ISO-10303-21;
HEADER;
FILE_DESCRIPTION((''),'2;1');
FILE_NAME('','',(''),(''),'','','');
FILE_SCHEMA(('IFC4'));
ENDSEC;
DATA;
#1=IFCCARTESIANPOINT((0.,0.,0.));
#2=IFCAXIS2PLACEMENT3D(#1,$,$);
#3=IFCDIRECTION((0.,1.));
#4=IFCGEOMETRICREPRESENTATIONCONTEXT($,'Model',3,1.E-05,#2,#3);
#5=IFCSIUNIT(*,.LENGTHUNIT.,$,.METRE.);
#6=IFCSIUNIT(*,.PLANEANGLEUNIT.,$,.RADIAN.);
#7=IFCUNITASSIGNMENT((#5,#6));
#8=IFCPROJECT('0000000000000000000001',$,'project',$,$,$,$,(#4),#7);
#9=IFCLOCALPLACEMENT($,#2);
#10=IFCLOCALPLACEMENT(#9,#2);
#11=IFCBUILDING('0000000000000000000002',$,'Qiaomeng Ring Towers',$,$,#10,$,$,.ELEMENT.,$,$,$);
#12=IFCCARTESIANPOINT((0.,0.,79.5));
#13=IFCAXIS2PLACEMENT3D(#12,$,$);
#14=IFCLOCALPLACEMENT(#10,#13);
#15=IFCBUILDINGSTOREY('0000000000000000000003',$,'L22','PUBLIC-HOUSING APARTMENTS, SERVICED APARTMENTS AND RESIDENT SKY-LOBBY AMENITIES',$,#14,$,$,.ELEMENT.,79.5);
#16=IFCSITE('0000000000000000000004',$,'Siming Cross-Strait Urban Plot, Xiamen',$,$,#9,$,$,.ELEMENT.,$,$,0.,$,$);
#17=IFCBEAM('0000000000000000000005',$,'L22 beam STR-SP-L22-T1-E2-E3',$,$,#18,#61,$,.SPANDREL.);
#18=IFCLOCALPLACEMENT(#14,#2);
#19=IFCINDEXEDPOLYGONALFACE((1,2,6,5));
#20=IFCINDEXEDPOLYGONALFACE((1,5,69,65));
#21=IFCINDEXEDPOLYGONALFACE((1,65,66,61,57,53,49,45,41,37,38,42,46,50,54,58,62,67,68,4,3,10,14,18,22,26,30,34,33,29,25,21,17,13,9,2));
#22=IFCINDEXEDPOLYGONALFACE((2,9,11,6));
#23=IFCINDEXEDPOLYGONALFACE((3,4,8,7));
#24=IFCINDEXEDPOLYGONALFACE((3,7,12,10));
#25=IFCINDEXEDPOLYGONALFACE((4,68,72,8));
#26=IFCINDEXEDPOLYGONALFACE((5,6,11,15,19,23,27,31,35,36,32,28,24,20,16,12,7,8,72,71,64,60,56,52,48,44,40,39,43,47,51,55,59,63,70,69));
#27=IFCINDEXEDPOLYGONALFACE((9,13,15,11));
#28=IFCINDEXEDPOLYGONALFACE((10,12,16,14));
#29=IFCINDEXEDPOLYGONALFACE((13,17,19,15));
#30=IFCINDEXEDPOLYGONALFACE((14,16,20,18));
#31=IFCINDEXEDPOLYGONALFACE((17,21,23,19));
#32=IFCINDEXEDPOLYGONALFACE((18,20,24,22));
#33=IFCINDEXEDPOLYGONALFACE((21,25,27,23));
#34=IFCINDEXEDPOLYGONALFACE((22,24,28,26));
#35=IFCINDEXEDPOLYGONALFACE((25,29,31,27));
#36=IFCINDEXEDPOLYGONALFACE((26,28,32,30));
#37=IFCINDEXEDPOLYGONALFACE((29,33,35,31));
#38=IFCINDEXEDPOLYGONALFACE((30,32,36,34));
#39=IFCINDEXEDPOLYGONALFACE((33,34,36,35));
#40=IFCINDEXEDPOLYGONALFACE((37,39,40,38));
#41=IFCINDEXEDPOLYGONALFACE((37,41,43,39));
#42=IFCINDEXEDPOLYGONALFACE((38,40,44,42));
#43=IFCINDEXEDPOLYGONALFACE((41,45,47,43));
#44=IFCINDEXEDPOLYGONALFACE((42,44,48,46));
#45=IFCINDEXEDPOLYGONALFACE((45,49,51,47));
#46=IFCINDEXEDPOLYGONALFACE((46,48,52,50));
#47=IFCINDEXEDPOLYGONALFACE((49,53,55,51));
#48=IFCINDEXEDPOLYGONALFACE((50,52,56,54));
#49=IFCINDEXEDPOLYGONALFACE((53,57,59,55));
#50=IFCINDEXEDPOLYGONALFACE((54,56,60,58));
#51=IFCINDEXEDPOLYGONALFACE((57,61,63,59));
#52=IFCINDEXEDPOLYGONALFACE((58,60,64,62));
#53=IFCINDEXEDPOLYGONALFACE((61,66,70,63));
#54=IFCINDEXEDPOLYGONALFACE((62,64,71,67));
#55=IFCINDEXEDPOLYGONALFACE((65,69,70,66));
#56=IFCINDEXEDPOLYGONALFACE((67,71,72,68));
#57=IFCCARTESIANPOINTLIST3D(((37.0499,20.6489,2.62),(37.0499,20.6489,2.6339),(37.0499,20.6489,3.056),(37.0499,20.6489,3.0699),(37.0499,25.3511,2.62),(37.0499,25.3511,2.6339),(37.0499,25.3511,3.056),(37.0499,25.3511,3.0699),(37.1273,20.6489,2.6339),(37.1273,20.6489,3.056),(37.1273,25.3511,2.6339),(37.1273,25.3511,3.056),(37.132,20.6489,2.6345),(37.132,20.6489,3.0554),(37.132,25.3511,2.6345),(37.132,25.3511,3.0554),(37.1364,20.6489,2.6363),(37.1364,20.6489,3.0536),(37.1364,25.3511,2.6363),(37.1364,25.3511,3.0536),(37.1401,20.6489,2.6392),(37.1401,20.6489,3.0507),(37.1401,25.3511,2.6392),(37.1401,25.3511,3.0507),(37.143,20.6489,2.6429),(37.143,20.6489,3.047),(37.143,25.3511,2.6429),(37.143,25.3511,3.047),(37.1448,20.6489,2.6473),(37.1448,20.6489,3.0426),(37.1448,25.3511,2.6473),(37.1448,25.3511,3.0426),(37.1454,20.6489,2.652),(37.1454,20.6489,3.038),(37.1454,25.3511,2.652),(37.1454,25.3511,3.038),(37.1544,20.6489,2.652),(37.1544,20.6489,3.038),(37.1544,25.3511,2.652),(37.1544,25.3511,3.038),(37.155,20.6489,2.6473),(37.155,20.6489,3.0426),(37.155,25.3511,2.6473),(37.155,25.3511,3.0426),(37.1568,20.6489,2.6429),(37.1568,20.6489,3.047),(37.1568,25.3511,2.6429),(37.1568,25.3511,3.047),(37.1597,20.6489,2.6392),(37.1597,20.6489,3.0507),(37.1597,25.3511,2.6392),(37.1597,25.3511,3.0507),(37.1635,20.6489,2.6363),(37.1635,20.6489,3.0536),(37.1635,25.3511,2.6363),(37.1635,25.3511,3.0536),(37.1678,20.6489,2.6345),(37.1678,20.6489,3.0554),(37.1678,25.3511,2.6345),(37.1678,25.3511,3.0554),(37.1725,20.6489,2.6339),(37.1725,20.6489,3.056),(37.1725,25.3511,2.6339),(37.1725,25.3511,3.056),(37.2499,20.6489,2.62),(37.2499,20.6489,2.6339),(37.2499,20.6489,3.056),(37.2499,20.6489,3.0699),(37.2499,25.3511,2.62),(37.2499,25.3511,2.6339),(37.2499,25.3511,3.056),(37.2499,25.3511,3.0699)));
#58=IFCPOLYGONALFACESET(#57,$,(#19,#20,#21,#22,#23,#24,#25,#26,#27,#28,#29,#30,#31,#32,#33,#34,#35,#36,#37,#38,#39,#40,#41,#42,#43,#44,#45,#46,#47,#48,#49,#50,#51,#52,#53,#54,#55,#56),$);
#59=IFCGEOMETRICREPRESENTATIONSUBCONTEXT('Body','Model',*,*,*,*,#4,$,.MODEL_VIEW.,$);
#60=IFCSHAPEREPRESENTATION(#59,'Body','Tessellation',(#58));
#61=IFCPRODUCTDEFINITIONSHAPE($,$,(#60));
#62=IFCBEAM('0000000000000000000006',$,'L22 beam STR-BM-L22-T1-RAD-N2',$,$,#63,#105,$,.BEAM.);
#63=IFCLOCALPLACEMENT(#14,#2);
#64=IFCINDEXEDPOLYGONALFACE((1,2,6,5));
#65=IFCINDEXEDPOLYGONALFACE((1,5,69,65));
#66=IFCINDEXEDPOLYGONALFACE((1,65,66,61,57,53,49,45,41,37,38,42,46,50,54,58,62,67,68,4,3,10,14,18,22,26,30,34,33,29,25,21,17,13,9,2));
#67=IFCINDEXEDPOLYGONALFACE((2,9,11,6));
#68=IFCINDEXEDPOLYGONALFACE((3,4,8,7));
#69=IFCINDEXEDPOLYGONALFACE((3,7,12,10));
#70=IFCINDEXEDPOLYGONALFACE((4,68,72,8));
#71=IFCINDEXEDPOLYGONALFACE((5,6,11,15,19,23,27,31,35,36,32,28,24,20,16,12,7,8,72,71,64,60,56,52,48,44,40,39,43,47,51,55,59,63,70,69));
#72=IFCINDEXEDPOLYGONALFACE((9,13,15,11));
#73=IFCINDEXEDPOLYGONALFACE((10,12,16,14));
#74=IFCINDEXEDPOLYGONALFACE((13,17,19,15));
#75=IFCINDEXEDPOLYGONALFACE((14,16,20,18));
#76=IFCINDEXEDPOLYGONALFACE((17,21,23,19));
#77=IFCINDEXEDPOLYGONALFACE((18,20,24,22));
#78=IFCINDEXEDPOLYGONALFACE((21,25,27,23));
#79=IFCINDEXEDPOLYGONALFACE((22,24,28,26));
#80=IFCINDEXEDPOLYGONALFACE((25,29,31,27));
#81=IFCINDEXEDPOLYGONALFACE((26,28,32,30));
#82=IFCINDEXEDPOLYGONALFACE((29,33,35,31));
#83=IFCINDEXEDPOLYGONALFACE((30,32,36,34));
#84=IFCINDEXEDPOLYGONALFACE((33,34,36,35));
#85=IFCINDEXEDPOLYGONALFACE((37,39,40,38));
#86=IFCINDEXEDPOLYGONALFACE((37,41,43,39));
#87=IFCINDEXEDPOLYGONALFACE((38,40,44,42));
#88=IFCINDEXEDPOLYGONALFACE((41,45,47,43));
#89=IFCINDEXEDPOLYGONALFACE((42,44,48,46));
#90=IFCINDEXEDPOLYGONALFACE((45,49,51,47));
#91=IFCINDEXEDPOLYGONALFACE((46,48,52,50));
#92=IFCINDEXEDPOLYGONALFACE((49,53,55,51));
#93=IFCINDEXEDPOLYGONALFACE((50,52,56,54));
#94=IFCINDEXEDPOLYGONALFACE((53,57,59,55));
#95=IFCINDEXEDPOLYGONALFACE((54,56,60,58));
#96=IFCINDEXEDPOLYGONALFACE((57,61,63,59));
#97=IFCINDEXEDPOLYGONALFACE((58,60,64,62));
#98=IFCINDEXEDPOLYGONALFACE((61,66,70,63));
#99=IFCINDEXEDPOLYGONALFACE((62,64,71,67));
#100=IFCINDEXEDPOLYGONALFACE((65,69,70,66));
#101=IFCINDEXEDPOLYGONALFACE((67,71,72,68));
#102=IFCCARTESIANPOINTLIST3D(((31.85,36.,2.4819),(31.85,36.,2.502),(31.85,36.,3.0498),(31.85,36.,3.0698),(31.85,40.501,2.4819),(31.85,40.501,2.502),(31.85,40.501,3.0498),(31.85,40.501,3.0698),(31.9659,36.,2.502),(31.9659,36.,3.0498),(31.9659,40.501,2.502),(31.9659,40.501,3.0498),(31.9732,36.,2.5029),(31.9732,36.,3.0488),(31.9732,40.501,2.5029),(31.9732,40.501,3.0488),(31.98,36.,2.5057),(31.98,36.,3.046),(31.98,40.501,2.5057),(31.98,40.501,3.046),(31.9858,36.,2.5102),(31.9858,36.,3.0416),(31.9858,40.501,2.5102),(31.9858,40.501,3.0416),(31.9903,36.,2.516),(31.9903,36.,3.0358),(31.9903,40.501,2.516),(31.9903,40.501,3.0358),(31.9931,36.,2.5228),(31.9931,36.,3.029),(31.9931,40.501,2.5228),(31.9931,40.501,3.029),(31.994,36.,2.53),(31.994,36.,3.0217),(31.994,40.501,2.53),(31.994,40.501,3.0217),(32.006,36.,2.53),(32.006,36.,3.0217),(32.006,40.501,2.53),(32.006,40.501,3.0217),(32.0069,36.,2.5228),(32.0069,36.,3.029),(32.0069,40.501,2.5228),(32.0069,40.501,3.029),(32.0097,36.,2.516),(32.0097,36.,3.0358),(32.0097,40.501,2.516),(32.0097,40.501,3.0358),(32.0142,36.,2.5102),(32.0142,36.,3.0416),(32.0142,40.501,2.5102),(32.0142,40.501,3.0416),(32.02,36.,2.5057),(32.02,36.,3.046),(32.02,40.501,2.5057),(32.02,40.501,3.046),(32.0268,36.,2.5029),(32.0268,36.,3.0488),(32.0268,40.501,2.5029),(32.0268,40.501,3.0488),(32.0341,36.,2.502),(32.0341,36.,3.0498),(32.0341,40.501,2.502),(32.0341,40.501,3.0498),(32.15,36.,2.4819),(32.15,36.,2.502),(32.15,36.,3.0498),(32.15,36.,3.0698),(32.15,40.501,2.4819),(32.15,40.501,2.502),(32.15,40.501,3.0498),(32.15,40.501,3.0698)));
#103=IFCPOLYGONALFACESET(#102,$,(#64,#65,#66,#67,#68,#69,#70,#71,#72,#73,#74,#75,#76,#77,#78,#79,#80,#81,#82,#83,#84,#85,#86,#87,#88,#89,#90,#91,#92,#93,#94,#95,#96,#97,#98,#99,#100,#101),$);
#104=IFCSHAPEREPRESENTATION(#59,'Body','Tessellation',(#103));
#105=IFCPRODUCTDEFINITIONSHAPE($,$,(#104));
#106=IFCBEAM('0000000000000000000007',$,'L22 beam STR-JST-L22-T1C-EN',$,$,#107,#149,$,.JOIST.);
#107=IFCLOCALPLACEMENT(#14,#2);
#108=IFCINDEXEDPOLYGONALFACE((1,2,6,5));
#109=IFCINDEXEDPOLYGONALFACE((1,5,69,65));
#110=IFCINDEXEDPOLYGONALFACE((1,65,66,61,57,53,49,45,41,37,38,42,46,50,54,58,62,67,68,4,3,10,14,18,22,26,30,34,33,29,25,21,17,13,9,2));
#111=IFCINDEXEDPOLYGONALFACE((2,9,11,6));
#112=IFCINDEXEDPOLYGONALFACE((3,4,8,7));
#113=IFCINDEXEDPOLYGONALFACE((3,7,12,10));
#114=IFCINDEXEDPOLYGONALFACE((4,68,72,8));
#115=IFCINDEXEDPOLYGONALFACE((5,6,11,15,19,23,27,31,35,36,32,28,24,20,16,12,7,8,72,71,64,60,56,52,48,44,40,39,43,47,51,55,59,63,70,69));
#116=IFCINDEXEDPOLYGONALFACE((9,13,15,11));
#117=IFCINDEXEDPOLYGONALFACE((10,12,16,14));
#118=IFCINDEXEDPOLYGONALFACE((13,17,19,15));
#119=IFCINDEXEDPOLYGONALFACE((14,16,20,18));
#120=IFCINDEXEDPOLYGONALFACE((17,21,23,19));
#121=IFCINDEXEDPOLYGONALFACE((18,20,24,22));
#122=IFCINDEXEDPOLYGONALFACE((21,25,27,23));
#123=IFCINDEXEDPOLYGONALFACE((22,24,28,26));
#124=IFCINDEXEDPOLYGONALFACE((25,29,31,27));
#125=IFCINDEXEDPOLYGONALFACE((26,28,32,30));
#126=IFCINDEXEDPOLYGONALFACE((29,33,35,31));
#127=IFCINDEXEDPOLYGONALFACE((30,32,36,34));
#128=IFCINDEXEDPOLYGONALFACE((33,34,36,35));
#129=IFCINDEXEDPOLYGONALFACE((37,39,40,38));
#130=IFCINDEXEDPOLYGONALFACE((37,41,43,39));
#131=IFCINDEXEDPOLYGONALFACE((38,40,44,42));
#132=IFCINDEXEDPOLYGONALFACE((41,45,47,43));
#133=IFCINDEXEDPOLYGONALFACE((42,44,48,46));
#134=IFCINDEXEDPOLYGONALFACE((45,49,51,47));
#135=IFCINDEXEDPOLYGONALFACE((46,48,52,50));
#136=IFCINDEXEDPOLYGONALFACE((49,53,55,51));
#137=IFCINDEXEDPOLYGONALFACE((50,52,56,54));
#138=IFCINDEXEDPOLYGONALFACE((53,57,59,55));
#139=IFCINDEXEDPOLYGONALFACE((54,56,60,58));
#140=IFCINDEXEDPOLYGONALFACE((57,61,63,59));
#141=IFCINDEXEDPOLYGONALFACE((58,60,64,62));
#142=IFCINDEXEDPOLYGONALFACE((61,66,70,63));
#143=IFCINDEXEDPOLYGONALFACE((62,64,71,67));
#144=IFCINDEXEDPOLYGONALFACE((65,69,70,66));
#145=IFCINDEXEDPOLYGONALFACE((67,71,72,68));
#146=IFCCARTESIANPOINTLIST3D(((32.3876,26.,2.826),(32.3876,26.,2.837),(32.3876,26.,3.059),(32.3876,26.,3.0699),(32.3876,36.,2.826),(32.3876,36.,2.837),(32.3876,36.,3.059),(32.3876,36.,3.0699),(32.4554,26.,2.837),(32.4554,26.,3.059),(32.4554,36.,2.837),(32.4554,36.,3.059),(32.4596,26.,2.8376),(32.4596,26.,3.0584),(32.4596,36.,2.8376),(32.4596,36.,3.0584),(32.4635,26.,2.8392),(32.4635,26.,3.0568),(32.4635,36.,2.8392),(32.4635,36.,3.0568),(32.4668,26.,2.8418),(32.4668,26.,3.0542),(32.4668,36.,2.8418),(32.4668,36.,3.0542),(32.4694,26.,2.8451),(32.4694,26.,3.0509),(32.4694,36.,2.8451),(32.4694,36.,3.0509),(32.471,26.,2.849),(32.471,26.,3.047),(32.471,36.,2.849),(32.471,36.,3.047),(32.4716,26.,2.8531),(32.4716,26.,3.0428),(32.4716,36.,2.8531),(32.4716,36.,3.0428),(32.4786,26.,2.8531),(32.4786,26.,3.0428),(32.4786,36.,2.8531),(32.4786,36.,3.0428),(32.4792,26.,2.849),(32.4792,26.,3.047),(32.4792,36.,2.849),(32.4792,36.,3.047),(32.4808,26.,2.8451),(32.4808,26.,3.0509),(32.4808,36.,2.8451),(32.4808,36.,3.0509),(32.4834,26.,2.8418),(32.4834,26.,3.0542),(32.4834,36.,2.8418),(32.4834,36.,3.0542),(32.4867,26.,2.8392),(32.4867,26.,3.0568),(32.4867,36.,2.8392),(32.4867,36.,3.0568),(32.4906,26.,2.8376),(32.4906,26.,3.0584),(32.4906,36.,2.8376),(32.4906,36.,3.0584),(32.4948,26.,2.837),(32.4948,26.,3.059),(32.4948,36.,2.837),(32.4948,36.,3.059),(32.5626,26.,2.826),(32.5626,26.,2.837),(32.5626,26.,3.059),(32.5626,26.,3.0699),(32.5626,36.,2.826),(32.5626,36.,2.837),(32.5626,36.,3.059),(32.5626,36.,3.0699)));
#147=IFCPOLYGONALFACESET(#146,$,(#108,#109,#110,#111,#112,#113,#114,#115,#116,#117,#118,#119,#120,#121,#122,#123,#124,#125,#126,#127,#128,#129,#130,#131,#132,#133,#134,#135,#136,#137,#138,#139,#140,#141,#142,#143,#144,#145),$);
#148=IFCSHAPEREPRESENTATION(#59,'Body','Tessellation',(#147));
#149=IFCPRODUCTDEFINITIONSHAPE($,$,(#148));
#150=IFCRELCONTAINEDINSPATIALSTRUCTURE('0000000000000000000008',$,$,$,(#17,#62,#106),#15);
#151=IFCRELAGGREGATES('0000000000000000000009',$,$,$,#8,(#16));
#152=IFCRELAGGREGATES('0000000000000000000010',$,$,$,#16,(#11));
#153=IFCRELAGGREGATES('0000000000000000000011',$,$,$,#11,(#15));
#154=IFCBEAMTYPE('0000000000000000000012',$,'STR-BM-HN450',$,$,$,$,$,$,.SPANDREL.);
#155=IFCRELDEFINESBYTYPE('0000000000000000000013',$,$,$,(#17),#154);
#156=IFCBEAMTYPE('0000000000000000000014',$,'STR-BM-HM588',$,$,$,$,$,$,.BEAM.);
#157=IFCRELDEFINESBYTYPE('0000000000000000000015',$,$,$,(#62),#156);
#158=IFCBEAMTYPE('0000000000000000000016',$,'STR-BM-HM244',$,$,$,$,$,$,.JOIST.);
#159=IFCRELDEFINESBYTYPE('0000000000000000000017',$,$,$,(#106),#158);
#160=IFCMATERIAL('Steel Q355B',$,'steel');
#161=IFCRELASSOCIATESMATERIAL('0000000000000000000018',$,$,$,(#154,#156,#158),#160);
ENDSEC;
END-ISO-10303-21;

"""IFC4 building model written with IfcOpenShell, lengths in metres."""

from ifc_helpers import new_model, si_unit, direction, frame, origin, origin_2d, place, context, subcontext, project, spatial, i_section, extrude, source, transform, mapped, material, material_profile, profile_set, type_object, element, save


model = new_model("IFC4")

# Units and contexts
model_context = context("Model", 3, precision=1e-05, world=origin(), true_north=direction((0.0, 1.0)))
body_context = subcontext(model_context, "Body", "Model", "MODEL_VIEW")
ifc_project = project(units=[si_unit("LENGTHUNIT", "METRE"), si_unit("PLANEANGLEUNIT", "RADIAN")], contexts=[model_context])

# Site, building, storey
site_placement = place(None, origin())
site = spatial("IfcSite", under=ifc_project, at=site_placement, Name="Siming Cross-Strait Urban Plot, Xiamen", CompositionType="ELEMENT", RefElevation=0.0)
building_placement = place(site_placement, origin())
building = spatial("IfcBuilding", under=site, at=building_placement, Name="Qiaomeng Ring Towers", CompositionType="ELEMENT")
storey_placement = place(building_placement, frame((0.0, 0.0, 79.5)))
storey = spatial("IfcBuildingStorey", under=building, at=storey_placement, Name="L22", Description="PUBLIC-HOUSING APARTMENTS, SERVICED APARTMENTS AND RESIDENT SKY-LOBBY AMENITIES", CompositionType="ELEMENT", Elevation=79.5)

# Beams
ifc_material_1 = material(Name="Steel Q355B", Category="steel")
ifc_material_profile_1 = material_profile(ifc_material_1, i_section(OverallWidth=0.2, OverallDepth=0.45, WebThickness=0.009, FlangeThickness=0.0139, FilletRadius=0.0181, at=origin_2d()), Name="HN 450x200x9x14")
ifc_profile_set_1 = profile_set([ifc_material_profile_1], Name="Steel Q355B")
beam_type_1 = type_object("IfcBeamType", Name="STR-BM-HN450", PredefinedType="SPANDREL", material=ifc_profile_set_1)
shared_shape_1 = source(origin(), body_context, "Body", "SweptSolid", [
    extrude(i_section(OverallWidth=0.2, OverallDepth=0.45, WebThickness=0.009, FlangeThickness=0.0139, FilletRadius=0.0181, at=origin_2d()), origin(), (0.0, 0.0, 1.0), 4.7021),
])
beam_1_placement = place(storey_placement, frame((37.1499, 20.6489, 2.845), z_axis=(0.0, 1.0, 0.0), x_axis=(-1.0, 0.0, 0.0)))
element("IfcBeam", 1, at=beam_1_placement, inside=storey, type_object=beam_type_1, Name="L22 beam STR-SP-L22-T1-E2-E3", PredefinedType="SPANDREL", context=body_context, shape_type="MappedRepresentation", body=[
    mapped(shared_shape_1, transform((0.0, 0.0, 0.0), x_axis=(1.0, 0.0, 0.0), y_axis=(0.0, 1.0, 0.0), z_axis=(0.0, 0.0, 1.0), scale=1.0)),
])
ifc_material_profile_2 = material_profile(ifc_material_1, i_section(OverallWidth=0.3, OverallDepth=0.5879, WebThickness=0.012, FlangeThickness=0.02, FilletRadius=0.0281, at=origin_2d()), Name="HM 588x300x12x20")
ifc_profile_set_2 = profile_set([ifc_material_profile_2], Name="Steel Q355B")
beam_type_2 = type_object("IfcBeamType", Name="STR-BM-HM588", PredefinedType="BEAM", material=ifc_profile_set_2)
shared_shape_2 = source(origin(), body_context, "Body", "SweptSolid", [
    extrude(i_section(OverallWidth=0.3, OverallDepth=0.5879, WebThickness=0.012, FlangeThickness=0.02, FilletRadius=0.0281, at=origin_2d()), origin(), (0.0, 0.0, 1.0), 4.501),
])
beam_2_placement = place(storey_placement, frame((32.0, 40.501, 2.7759), z_axis=(0.0, -1.0, 0.0), x_axis=(1.0, 0.0, 0.0)))
element("IfcBeam", 2, at=beam_2_placement, inside=storey, type_object=beam_type_2, Name="L22 beam STR-BM-L22-T1-RAD-N2", PredefinedType="BEAM", context=body_context, shape_type="MappedRepresentation", body=[
    mapped(shared_shape_2, transform((0.0, 0.0, 0.0), x_axis=(1.0, 0.0, 0.0), y_axis=(0.0, 1.0, 0.0), z_axis=(0.0, 0.0, 1.0), scale=1.0)),
])
ifc_material_profile_3 = material_profile(ifc_material_1, i_section(OverallWidth=0.175, OverallDepth=0.2439, WebThickness=0.0071, FlangeThickness=0.011, FilletRadius=0.0161, at=origin_2d()), Name="HM 244x175x7x11")
ifc_profile_set_3 = profile_set([ifc_material_profile_3], Name="Steel Q355B")
beam_type_3 = type_object("IfcBeamType", Name="STR-BM-HM244", PredefinedType="JOIST", material=ifc_profile_set_3)
shared_shape_3 = source(origin(), body_context, "Body", "SweptSolid", [
    extrude(i_section(OverallWidth=0.175, OverallDepth=0.2439, WebThickness=0.0071, FlangeThickness=0.011, FilletRadius=0.0161, at=origin_2d()), origin(), (0.0, 0.0, 1.0), 10.0),
])
beam_3_placement = place(storey_placement, frame((32.4751, 26.0, 2.948), z_axis=(0.0, 1.0, 0.0), x_axis=(-1.0, 0.0, 0.0)))
element("IfcBeam", 3, at=beam_3_placement, inside=storey, type_object=beam_type_3, Name="L22 beam STR-JST-L22-T1C-EN", PredefinedType="JOIST", context=body_context, shape_type="MappedRepresentation", body=[
    mapped(shared_shape_3, transform((0.0, 0.0, 0.0), x_axis=(1.0, 0.0, 0.0), y_axis=(0.0, 1.0, 0.0), z_axis=(0.0, 0.0, 1.0), scale=1.0)),
])

save(model, "model.ifc")
